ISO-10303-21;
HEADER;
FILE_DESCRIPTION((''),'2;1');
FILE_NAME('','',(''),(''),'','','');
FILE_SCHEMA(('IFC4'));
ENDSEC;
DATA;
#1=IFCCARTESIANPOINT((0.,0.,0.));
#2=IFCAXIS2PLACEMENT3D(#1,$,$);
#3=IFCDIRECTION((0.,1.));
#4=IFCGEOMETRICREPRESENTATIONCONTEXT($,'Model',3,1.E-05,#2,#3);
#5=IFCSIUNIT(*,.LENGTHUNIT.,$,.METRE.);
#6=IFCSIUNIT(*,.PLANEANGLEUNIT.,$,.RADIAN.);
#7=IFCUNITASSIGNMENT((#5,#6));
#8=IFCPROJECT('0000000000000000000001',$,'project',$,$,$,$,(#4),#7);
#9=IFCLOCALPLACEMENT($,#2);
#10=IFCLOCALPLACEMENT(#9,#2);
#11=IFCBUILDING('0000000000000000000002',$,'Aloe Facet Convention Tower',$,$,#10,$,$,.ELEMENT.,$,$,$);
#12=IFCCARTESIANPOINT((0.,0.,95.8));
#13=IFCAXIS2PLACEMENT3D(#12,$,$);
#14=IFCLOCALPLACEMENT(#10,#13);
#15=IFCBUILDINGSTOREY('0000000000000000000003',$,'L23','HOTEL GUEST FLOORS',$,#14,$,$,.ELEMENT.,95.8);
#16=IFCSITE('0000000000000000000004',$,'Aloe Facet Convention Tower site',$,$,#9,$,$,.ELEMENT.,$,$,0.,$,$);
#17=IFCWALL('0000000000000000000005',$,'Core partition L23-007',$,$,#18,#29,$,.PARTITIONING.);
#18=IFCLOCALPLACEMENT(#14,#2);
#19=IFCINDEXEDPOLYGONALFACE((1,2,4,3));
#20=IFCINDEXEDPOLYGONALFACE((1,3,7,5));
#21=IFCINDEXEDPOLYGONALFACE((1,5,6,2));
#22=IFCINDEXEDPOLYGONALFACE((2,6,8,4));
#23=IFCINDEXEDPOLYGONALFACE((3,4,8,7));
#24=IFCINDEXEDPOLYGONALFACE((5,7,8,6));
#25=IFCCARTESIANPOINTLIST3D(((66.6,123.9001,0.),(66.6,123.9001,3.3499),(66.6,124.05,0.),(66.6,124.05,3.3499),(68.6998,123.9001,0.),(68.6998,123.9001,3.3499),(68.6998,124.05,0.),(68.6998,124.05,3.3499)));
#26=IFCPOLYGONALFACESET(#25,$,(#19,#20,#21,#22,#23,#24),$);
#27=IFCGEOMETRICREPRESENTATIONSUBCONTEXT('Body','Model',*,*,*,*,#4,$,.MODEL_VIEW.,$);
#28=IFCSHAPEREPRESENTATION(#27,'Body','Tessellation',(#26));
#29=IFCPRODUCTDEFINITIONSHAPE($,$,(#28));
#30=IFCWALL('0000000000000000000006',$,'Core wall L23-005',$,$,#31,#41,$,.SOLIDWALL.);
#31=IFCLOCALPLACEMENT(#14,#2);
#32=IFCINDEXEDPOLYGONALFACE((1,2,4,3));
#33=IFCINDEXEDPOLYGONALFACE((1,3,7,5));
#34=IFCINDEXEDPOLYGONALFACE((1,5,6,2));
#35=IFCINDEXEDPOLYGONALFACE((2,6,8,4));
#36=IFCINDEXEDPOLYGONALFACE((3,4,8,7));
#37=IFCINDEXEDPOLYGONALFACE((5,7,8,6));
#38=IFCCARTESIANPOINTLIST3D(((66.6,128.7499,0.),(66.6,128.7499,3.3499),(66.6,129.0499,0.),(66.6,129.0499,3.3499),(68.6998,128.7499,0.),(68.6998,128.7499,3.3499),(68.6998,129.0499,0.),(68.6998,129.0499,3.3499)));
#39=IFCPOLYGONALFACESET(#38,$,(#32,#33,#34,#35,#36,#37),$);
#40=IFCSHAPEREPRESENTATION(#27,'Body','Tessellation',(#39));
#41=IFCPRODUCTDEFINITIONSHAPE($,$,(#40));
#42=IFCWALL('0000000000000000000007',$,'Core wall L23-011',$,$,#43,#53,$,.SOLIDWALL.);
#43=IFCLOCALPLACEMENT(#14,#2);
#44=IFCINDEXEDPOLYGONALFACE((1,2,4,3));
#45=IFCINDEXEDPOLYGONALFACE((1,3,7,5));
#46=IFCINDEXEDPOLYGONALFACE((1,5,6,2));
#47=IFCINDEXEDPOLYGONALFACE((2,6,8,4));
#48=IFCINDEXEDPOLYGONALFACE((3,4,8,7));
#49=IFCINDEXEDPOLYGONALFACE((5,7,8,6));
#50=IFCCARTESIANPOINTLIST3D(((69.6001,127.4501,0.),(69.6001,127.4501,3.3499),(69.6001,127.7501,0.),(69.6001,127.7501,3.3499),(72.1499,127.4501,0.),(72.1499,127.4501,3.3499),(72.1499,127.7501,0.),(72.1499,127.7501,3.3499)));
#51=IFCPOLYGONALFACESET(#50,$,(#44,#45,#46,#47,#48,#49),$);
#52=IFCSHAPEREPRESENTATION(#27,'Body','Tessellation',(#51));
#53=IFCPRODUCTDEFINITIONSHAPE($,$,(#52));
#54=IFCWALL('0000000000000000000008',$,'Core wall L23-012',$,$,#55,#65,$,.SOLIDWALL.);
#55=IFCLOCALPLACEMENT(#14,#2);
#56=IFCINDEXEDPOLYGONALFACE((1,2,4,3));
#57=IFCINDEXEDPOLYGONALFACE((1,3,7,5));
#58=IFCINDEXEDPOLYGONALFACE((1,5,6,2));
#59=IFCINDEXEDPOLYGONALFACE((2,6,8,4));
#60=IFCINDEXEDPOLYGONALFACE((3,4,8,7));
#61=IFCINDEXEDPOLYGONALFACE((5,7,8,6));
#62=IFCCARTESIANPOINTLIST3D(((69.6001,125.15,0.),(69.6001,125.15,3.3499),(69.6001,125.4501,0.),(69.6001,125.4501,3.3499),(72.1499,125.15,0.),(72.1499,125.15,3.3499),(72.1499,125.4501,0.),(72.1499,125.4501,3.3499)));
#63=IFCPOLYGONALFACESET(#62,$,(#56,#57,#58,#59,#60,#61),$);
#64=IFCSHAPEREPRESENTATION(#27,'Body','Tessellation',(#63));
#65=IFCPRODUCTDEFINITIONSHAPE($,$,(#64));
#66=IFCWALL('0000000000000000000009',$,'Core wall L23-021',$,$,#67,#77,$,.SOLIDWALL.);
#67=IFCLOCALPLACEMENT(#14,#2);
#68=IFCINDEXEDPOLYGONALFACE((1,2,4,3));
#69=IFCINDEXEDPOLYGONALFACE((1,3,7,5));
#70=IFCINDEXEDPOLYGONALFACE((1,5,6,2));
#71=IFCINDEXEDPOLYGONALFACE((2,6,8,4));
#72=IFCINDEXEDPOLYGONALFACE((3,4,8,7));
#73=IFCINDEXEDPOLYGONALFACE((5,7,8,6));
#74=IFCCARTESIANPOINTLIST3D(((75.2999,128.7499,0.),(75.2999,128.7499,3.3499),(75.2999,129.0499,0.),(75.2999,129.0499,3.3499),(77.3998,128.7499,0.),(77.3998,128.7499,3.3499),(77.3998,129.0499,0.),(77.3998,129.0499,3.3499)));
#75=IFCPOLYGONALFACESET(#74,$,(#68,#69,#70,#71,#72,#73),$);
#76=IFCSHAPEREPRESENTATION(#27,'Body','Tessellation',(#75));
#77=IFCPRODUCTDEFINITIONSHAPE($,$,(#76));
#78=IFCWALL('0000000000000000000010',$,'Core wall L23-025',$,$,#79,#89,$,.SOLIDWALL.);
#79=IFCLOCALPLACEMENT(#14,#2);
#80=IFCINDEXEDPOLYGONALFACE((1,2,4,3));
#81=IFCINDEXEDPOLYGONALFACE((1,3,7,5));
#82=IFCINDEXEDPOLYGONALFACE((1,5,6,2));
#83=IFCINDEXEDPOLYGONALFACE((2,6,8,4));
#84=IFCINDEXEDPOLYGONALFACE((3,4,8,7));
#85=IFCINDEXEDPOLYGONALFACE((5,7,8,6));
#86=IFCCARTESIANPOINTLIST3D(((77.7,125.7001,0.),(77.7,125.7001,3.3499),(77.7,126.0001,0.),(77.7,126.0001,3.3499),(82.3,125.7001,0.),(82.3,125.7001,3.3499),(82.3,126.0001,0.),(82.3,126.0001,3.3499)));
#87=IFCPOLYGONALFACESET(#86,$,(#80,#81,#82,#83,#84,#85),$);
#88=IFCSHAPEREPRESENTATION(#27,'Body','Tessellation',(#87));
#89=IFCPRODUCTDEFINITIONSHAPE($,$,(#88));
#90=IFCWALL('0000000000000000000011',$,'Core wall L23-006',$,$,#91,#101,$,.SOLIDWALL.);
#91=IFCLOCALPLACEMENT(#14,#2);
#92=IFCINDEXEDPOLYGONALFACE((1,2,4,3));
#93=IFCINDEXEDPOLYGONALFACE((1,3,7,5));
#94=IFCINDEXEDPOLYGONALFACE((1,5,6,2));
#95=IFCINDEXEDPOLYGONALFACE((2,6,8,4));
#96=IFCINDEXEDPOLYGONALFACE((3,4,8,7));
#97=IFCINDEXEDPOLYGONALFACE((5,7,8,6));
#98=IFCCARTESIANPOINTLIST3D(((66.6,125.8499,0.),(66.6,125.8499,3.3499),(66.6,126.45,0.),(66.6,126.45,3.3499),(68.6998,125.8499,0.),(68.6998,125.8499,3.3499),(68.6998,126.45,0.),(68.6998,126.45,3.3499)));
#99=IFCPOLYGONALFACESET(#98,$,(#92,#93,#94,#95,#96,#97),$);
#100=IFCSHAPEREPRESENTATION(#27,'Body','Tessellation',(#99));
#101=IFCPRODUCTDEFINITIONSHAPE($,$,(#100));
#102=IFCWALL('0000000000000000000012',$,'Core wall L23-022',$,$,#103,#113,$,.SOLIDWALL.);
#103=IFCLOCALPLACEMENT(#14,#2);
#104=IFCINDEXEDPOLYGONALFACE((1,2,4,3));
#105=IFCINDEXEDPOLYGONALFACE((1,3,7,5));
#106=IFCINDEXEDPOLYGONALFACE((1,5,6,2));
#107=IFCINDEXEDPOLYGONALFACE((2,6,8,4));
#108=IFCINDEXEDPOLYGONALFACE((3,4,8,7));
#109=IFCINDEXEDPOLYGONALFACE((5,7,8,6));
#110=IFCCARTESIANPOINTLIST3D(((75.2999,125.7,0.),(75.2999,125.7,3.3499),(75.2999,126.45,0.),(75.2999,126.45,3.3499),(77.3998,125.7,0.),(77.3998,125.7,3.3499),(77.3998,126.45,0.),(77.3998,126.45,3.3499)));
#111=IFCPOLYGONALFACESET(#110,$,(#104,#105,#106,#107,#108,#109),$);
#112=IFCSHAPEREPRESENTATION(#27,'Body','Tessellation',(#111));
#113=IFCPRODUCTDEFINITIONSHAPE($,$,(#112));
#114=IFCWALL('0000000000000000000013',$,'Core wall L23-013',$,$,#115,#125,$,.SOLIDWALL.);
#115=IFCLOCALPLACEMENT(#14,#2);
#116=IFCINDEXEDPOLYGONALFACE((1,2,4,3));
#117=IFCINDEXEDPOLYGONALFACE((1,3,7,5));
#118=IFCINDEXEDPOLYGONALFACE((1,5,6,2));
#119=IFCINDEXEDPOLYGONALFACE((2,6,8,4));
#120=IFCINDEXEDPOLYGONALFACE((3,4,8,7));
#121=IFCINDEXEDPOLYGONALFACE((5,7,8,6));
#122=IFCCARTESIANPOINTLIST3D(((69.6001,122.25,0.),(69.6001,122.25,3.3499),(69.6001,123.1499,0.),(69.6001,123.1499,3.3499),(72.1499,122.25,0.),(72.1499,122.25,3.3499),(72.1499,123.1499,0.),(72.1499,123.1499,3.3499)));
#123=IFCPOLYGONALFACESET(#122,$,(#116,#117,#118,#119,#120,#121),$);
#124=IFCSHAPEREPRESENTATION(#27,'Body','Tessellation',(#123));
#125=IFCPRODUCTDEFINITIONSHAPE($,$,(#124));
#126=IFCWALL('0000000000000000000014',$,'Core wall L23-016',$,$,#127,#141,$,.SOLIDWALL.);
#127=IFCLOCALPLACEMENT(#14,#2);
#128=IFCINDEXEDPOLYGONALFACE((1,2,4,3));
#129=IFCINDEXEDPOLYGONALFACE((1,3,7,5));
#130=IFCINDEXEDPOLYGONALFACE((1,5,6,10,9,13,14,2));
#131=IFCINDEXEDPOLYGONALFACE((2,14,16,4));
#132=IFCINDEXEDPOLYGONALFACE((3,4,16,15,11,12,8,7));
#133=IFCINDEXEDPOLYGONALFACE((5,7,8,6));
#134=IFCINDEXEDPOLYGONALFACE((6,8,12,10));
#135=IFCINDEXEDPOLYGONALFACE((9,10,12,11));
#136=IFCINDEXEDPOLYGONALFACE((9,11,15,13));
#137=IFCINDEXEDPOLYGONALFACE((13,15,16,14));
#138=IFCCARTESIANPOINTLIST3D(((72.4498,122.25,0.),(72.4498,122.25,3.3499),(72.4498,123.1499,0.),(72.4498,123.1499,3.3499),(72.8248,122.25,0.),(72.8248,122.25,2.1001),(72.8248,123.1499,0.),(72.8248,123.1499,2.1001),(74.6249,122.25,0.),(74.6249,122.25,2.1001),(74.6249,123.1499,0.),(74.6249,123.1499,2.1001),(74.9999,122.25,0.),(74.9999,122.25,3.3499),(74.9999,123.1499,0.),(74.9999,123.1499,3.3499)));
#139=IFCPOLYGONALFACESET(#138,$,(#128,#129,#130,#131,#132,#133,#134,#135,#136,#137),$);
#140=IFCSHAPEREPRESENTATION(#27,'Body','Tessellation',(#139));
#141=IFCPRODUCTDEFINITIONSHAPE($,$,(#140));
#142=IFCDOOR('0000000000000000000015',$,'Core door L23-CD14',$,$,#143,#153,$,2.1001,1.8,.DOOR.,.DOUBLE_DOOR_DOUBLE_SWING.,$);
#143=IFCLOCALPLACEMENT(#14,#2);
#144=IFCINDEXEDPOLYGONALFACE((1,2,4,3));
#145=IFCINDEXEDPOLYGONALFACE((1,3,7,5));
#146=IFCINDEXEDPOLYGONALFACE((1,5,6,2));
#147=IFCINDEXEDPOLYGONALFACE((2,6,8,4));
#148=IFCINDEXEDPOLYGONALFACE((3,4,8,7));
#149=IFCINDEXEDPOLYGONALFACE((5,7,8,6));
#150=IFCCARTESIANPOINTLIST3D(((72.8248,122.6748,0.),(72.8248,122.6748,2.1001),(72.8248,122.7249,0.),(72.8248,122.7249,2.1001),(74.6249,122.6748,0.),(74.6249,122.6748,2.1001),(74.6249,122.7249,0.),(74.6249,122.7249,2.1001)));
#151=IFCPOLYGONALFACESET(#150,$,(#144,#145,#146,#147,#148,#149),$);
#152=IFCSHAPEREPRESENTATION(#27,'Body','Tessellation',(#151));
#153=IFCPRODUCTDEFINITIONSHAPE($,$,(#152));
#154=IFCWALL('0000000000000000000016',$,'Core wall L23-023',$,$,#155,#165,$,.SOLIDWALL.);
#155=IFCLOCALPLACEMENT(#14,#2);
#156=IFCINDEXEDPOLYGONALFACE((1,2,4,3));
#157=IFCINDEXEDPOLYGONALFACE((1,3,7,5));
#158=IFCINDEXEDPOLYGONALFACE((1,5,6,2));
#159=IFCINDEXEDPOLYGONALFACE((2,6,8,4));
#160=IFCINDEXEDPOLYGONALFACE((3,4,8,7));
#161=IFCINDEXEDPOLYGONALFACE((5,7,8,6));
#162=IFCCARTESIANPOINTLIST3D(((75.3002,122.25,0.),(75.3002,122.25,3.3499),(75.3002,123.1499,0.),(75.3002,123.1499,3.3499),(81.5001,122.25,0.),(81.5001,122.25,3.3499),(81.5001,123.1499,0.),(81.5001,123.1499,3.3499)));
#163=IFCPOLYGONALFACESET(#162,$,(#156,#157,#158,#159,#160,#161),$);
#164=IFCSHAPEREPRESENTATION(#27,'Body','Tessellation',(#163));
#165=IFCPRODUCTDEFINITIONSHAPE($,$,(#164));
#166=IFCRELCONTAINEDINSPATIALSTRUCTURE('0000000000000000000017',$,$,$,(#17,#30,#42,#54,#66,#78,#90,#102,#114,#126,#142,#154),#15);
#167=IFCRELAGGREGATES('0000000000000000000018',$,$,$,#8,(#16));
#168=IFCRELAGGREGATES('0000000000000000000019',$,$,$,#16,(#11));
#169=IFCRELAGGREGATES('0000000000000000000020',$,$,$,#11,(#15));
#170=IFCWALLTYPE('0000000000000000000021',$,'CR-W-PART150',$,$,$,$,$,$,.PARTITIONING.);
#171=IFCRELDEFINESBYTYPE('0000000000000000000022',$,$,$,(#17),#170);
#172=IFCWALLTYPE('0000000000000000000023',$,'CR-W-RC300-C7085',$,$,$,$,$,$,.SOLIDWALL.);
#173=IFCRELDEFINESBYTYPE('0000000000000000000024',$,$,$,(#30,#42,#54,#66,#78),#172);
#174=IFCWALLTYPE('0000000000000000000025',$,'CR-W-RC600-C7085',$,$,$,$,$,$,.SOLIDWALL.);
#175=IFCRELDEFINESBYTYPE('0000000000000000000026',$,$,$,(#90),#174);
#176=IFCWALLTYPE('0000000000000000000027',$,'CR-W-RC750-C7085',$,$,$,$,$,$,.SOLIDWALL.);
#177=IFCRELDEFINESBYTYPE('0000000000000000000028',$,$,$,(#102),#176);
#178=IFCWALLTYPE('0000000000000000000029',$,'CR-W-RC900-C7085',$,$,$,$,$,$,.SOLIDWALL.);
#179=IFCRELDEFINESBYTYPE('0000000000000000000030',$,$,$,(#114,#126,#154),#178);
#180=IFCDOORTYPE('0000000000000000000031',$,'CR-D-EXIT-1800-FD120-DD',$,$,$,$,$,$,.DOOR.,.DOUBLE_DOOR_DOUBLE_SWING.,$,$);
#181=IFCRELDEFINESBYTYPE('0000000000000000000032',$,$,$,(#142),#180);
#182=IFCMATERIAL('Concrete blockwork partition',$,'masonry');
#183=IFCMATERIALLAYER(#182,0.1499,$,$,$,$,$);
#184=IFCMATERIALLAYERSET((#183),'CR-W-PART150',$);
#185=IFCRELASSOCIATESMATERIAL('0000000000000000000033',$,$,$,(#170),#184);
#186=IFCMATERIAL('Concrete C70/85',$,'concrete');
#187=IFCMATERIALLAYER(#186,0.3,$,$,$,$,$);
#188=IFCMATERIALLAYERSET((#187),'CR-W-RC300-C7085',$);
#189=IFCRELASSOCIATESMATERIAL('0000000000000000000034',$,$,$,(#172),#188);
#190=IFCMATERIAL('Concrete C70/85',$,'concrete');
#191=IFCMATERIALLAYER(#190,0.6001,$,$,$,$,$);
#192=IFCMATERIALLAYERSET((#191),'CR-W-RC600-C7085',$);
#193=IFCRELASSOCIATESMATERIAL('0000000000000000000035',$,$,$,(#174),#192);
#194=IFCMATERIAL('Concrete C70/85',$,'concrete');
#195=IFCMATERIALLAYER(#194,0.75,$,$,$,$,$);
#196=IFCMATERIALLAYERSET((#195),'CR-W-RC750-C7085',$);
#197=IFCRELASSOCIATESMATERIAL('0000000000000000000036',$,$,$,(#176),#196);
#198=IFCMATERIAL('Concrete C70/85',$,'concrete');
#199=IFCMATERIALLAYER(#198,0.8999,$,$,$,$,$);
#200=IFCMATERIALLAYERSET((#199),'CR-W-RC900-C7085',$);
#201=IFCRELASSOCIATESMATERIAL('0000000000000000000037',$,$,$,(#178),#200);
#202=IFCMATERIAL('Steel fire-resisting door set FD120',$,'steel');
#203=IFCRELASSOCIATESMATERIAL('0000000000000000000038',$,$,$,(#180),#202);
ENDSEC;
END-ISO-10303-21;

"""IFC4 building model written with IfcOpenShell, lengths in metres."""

from ifc_helpers import new_model, si_unit, direction, frame, frame_2d, origin, place, context, subcontext, project, spatial, rectangle, extrude, material, layer, layer_set, type_object, element, fill, save


model = new_model("IFC4")

# Units and contexts
model_context = context("Model", 3, precision=1e-05, world=origin(), true_north=direction((0.0, 1.0)))
body_context = subcontext(model_context, "Body", "Model", "MODEL_VIEW")
ifc_project = project(units=[si_unit("LENGTHUNIT", "METRE"), si_unit("PLANEANGLEUNIT", "RADIAN")], contexts=[model_context])

# Site, building, storey
site_placement = place(None, origin())
site = spatial("IfcSite", under=ifc_project, at=site_placement, Name="Aloe Facet Convention Tower site", CompositionType="ELEMENT", RefElevation=0.0)
building_placement = place(site_placement, origin())
building = spatial("IfcBuilding", under=site, at=building_placement, Name="Aloe Facet Convention Tower", CompositionType="ELEMENT")
storey_placement = place(building_placement, frame((0.0, 0.0, 95.8)))
storey = spatial("IfcBuildingStorey", under=building, at=storey_placement, Name="L23", Description="HOTEL GUEST FLOORS", CompositionType="ELEMENT", Elevation=95.8)

# Walls
ifc_material_1 = material(Name="Concrete blockwork partition", Category="masonry")
ifc_layer_1 = layer(ifc_material_1, 0.1499)
ifc_layer_set_1 = layer_set([ifc_layer_1], Name="CR-W-PART150")
wall_type_1 = type_object("IfcWallType", Name="CR-W-PART150", PredefinedType="PARTITIONING", material=ifc_layer_set_1)
wall_1_placement = place(storey_placement, frame((66.6001, 123.9751, 0.0), z_axis=(0.0, 0.0, 1.0), x_axis=(1.0, 0.0, 0.0)))
element("IfcWall", 1, at=wall_1_placement, inside=storey, type_object=wall_type_1, Name="Core partition L23-007", PredefinedType="PARTITIONING", context=body_context, shape_type="SweptSolid", body=[
    extrude(rectangle(XDim=2.0999, YDim=0.1499, at=frame_2d((1.0498, 0.0))), origin(), (0.0, 0.0, 1.0), 3.3499),
])
ifc_material_2 = material(Name="Concrete C70/85", Category="concrete")
ifc_layer_2 = layer(ifc_material_2, 0.3)
ifc_layer_set_2 = layer_set([ifc_layer_2], Name="CR-W-RC300-C7085")
wall_type_2 = type_object("IfcWallType", Name="CR-W-RC300-C7085", PredefinedType="SOLIDWALL", material=ifc_layer_set_2)
wall_2_placement = place(storey_placement, frame((66.6001, 128.8999, 0.0), z_axis=(0.0, 0.0, 1.0), x_axis=(1.0, 0.0, 0.0)))
element("IfcWall", 2, at=wall_2_placement, inside=storey, type_object=wall_type_2, Name="Core wall L23-005", PredefinedType="SOLIDWALL", context=body_context, shape_type="SweptSolid", body=[
    extrude(rectangle(XDim=2.0999, YDim=0.3, at=frame_2d((1.0498, 0.0))), origin(), (0.0, 0.0, 1.0), 3.3499),
])
for number, where, z_axis, x_axis, name in (
    (3, (69.6001, 127.6001, 0.0), (0.0, 0.0, 1.0), (1.0, 0.0, 0.0), "Core wall L23-011"),
    (4, (69.6001, 125.3, 0.0), (0.0, 0.0, 1.0), (1.0, 0.0, 0.0), "Core wall L23-012"),
):
    element("IfcWall", number, at=place(storey_placement, frame(where, z_axis=z_axis, x_axis=x_axis)), inside=storey, type_object=wall_type_2, Name=name, PredefinedType="SOLIDWALL", context=body_context, shape_type="SweptSolid", body=[
        extrude(rectangle(XDim=2.5498, YDim=0.3, at=frame_2d((1.2749, 0.0))), origin(), (0.0, 0.0, 1.0), 3.3499),
    ])
wall_3_placement = place(storey_placement, frame((75.3, 128.8999, 0.0), z_axis=(0.0, 0.0, 1.0), x_axis=(1.0, 0.0, 0.0)))
element("IfcWall", 5, at=wall_3_placement, inside=storey, type_object=wall_type_2, Name="Core wall L23-021", PredefinedType="SOLIDWALL", context=body_context, shape_type="SweptSolid", body=[
    extrude(rectangle(XDim=2.0999, YDim=0.3, at=frame_2d((1.0498, 0.0))), origin(), (0.0, 0.0, 1.0), 3.3499),
])
wall_4_placement = place(storey_placement, frame((77.7, 125.8501, 0.0), z_axis=(0.0, 0.0, 1.0), x_axis=(1.0, 0.0, 0.0)))
element("IfcWall", 6, at=wall_4_placement, inside=storey, type_object=wall_type_2, Name="Core wall L23-025", PredefinedType="SOLIDWALL", context=body_context, shape_type="SweptSolid", body=[
    extrude(rectangle(XDim=4.6001, YDim=0.3, at=frame_2d((2.3, 0.0))), origin(), (0.0, 0.0, 1.0), 3.3499),
])
ifc_material_3 = material(Name="Concrete C70/85", Category="concrete")
ifc_layer_3 = layer(ifc_material_3, 0.6001)
ifc_layer_set_3 = layer_set([ifc_layer_3], Name="CR-W-RC600-C7085")
wall_type_3 = type_object("IfcWallType", Name="CR-W-RC600-C7085", PredefinedType="SOLIDWALL", material=ifc_layer_set_3)
wall_5_placement = place(storey_placement, frame((66.6001, 126.1499, 0.0), z_axis=(0.0, 0.0, 1.0), x_axis=(1.0, 0.0, 0.0)))
element("IfcWall", 7, at=wall_5_placement, inside=storey, type_object=wall_type_3, Name="Core wall L23-006", PredefinedType="SOLIDWALL", context=body_context, shape_type="SweptSolid", body=[
    extrude(rectangle(XDim=2.0999, YDim=0.6001, at=frame_2d((1.0498, 0.0))), origin(), (0.0, 0.0, 1.0), 3.3499),
])
ifc_material_4 = material(Name="Concrete C70/85", Category="concrete")
ifc_layer_4 = layer(ifc_material_4, 0.75)
ifc_layer_set_4 = layer_set([ifc_layer_4], Name="CR-W-RC750-C7085")
wall_type_4 = type_object("IfcWallType", Name="CR-W-RC750-C7085", PredefinedType="SOLIDWALL", material=ifc_layer_set_4)
wall_6_placement = place(storey_placement, frame((75.3, 126.075, 0.0), z_axis=(0.0, 0.0, 1.0), x_axis=(1.0, 0.0, 0.0)))
element("IfcWall", 8, at=wall_6_placement, inside=storey, type_object=wall_type_4, Name="Core wall L23-022", PredefinedType="SOLIDWALL", context=body_context, shape_type="SweptSolid", body=[
    extrude(rectangle(XDim=2.0999, YDim=0.75, at=frame_2d((1.0498, 0.0))), origin(), (0.0, 0.0, 1.0), 3.3499),
])
ifc_material_5 = material(Name="Concrete C70/85", Category="concrete")
ifc_layer_5 = layer(ifc_material_5, 0.8999)
ifc_layer_set_5 = layer_set([ifc_layer_5], Name="CR-W-RC900-C7085")
wall_type_5 = type_object("IfcWallType", Name="CR-W-RC900-C7085", PredefinedType="SOLIDWALL", material=ifc_layer_set_5)
wall_7_placement = place(storey_placement, frame((69.6001, 122.7, 0.0), z_axis=(0.0, 0.0, 1.0), x_axis=(1.0, 0.0, 0.0)))
element("IfcWall", 9, at=wall_7_placement, inside=storey, type_object=wall_type_5, Name="Core wall L23-013", PredefinedType="SOLIDWALL", context=body_context, shape_type="SweptSolid", body=[
    extrude(rectangle(XDim=2.5498, YDim=0.8999, at=frame_2d((1.2749, 0.0))), origin(), (0.0, 0.0, 1.0), 3.3499),
])

# Wall, opening, door
wall_8_placement = place(storey_placement, frame((72.45, 122.7, 0.0), z_axis=(0.0, 0.0, 1.0), x_axis=(1.0, 0.0, 0.0)))
wall_8 = element("IfcWall", 10, at=wall_8_placement, inside=storey, type_object=wall_type_5, Name="Core wall L23-016", PredefinedType="SOLIDWALL", context=body_context, shape_type="SweptSolid", body=[
    extrude(rectangle(XDim=2.55, YDim=0.8999, at=frame_2d((1.2749, 0.0))), origin(), (0.0, 0.0, 1.0), 3.3499),
])
opening_placement = place(wall_8_placement, frame((0.375, 0.0, 0.0)))
opening = element("IfcOpeningElement", 11, at=opening_placement, cuts=wall_8, PredefinedType="OPENING", context=body_context, shape_type="SweptSolid", body=[
    extrude(rectangle(XDim=1.8, YDim=2.1001, at=frame_2d((0.8999, 1.05))), frame((0.0, 0.46, 0.0), z_axis=(0.0, -1.0, 0.0), x_axis=(1.0, 0.0, 0.0)), (0.0, 0.0, 1.0), 0.9199),
])
ifc_material_6 = material(Name="Steel fire-resisting door set FD120", Category="steel")
door_type = type_object("IfcDoorType", Name="CR-D-EXIT-1800-FD120-DD", OperationType="DOUBLE_DOOR_DOUBLE_SWING", PredefinedType="DOOR", material=ifc_material_6)
door_placement = place(opening_placement, origin())
door = element("IfcDoor", 12, at=door_placement, inside=storey, type_object=door_type, Name="Core door L23-CD14", OperationType="DOUBLE_DOOR_DOUBLE_SWING", OverallHeight=2.1001, OverallWidth=1.8, PredefinedType="DOOR", context=body_context, shape_type="SweptSolid", body=[
    extrude(rectangle(XDim=1.8, YDim=2.1001, at=frame_2d((0.8999, 1.05))), frame((0.0, 0.0249, 0.0), z_axis=(0.0, -1.0, 0.0), x_axis=(1.0, 0.0, 0.0)), (0.0, 0.0, 1.0), 0.05),
])
fill(opening, door)

# Wall
wall_9_placement = place(storey_placement, frame((75.3, 122.7, 0.0), z_axis=(0.0, 0.0, 1.0), x_axis=(1.0, 0.0, 0.0)))
element("IfcWall", 13, at=wall_9_placement, inside=storey, type_object=wall_type_5, Name="Core wall L23-023", PredefinedType="SOLIDWALL", context=body_context, shape_type="SweptSolid", body=[
    extrude(rectangle(XDim=6.2, YDim=0.8999, at=frame_2d((3.1001, 0.0))), origin(), (0.0, 0.0, 1.0), 3.3499),
])

save(model, "model.ifc")
